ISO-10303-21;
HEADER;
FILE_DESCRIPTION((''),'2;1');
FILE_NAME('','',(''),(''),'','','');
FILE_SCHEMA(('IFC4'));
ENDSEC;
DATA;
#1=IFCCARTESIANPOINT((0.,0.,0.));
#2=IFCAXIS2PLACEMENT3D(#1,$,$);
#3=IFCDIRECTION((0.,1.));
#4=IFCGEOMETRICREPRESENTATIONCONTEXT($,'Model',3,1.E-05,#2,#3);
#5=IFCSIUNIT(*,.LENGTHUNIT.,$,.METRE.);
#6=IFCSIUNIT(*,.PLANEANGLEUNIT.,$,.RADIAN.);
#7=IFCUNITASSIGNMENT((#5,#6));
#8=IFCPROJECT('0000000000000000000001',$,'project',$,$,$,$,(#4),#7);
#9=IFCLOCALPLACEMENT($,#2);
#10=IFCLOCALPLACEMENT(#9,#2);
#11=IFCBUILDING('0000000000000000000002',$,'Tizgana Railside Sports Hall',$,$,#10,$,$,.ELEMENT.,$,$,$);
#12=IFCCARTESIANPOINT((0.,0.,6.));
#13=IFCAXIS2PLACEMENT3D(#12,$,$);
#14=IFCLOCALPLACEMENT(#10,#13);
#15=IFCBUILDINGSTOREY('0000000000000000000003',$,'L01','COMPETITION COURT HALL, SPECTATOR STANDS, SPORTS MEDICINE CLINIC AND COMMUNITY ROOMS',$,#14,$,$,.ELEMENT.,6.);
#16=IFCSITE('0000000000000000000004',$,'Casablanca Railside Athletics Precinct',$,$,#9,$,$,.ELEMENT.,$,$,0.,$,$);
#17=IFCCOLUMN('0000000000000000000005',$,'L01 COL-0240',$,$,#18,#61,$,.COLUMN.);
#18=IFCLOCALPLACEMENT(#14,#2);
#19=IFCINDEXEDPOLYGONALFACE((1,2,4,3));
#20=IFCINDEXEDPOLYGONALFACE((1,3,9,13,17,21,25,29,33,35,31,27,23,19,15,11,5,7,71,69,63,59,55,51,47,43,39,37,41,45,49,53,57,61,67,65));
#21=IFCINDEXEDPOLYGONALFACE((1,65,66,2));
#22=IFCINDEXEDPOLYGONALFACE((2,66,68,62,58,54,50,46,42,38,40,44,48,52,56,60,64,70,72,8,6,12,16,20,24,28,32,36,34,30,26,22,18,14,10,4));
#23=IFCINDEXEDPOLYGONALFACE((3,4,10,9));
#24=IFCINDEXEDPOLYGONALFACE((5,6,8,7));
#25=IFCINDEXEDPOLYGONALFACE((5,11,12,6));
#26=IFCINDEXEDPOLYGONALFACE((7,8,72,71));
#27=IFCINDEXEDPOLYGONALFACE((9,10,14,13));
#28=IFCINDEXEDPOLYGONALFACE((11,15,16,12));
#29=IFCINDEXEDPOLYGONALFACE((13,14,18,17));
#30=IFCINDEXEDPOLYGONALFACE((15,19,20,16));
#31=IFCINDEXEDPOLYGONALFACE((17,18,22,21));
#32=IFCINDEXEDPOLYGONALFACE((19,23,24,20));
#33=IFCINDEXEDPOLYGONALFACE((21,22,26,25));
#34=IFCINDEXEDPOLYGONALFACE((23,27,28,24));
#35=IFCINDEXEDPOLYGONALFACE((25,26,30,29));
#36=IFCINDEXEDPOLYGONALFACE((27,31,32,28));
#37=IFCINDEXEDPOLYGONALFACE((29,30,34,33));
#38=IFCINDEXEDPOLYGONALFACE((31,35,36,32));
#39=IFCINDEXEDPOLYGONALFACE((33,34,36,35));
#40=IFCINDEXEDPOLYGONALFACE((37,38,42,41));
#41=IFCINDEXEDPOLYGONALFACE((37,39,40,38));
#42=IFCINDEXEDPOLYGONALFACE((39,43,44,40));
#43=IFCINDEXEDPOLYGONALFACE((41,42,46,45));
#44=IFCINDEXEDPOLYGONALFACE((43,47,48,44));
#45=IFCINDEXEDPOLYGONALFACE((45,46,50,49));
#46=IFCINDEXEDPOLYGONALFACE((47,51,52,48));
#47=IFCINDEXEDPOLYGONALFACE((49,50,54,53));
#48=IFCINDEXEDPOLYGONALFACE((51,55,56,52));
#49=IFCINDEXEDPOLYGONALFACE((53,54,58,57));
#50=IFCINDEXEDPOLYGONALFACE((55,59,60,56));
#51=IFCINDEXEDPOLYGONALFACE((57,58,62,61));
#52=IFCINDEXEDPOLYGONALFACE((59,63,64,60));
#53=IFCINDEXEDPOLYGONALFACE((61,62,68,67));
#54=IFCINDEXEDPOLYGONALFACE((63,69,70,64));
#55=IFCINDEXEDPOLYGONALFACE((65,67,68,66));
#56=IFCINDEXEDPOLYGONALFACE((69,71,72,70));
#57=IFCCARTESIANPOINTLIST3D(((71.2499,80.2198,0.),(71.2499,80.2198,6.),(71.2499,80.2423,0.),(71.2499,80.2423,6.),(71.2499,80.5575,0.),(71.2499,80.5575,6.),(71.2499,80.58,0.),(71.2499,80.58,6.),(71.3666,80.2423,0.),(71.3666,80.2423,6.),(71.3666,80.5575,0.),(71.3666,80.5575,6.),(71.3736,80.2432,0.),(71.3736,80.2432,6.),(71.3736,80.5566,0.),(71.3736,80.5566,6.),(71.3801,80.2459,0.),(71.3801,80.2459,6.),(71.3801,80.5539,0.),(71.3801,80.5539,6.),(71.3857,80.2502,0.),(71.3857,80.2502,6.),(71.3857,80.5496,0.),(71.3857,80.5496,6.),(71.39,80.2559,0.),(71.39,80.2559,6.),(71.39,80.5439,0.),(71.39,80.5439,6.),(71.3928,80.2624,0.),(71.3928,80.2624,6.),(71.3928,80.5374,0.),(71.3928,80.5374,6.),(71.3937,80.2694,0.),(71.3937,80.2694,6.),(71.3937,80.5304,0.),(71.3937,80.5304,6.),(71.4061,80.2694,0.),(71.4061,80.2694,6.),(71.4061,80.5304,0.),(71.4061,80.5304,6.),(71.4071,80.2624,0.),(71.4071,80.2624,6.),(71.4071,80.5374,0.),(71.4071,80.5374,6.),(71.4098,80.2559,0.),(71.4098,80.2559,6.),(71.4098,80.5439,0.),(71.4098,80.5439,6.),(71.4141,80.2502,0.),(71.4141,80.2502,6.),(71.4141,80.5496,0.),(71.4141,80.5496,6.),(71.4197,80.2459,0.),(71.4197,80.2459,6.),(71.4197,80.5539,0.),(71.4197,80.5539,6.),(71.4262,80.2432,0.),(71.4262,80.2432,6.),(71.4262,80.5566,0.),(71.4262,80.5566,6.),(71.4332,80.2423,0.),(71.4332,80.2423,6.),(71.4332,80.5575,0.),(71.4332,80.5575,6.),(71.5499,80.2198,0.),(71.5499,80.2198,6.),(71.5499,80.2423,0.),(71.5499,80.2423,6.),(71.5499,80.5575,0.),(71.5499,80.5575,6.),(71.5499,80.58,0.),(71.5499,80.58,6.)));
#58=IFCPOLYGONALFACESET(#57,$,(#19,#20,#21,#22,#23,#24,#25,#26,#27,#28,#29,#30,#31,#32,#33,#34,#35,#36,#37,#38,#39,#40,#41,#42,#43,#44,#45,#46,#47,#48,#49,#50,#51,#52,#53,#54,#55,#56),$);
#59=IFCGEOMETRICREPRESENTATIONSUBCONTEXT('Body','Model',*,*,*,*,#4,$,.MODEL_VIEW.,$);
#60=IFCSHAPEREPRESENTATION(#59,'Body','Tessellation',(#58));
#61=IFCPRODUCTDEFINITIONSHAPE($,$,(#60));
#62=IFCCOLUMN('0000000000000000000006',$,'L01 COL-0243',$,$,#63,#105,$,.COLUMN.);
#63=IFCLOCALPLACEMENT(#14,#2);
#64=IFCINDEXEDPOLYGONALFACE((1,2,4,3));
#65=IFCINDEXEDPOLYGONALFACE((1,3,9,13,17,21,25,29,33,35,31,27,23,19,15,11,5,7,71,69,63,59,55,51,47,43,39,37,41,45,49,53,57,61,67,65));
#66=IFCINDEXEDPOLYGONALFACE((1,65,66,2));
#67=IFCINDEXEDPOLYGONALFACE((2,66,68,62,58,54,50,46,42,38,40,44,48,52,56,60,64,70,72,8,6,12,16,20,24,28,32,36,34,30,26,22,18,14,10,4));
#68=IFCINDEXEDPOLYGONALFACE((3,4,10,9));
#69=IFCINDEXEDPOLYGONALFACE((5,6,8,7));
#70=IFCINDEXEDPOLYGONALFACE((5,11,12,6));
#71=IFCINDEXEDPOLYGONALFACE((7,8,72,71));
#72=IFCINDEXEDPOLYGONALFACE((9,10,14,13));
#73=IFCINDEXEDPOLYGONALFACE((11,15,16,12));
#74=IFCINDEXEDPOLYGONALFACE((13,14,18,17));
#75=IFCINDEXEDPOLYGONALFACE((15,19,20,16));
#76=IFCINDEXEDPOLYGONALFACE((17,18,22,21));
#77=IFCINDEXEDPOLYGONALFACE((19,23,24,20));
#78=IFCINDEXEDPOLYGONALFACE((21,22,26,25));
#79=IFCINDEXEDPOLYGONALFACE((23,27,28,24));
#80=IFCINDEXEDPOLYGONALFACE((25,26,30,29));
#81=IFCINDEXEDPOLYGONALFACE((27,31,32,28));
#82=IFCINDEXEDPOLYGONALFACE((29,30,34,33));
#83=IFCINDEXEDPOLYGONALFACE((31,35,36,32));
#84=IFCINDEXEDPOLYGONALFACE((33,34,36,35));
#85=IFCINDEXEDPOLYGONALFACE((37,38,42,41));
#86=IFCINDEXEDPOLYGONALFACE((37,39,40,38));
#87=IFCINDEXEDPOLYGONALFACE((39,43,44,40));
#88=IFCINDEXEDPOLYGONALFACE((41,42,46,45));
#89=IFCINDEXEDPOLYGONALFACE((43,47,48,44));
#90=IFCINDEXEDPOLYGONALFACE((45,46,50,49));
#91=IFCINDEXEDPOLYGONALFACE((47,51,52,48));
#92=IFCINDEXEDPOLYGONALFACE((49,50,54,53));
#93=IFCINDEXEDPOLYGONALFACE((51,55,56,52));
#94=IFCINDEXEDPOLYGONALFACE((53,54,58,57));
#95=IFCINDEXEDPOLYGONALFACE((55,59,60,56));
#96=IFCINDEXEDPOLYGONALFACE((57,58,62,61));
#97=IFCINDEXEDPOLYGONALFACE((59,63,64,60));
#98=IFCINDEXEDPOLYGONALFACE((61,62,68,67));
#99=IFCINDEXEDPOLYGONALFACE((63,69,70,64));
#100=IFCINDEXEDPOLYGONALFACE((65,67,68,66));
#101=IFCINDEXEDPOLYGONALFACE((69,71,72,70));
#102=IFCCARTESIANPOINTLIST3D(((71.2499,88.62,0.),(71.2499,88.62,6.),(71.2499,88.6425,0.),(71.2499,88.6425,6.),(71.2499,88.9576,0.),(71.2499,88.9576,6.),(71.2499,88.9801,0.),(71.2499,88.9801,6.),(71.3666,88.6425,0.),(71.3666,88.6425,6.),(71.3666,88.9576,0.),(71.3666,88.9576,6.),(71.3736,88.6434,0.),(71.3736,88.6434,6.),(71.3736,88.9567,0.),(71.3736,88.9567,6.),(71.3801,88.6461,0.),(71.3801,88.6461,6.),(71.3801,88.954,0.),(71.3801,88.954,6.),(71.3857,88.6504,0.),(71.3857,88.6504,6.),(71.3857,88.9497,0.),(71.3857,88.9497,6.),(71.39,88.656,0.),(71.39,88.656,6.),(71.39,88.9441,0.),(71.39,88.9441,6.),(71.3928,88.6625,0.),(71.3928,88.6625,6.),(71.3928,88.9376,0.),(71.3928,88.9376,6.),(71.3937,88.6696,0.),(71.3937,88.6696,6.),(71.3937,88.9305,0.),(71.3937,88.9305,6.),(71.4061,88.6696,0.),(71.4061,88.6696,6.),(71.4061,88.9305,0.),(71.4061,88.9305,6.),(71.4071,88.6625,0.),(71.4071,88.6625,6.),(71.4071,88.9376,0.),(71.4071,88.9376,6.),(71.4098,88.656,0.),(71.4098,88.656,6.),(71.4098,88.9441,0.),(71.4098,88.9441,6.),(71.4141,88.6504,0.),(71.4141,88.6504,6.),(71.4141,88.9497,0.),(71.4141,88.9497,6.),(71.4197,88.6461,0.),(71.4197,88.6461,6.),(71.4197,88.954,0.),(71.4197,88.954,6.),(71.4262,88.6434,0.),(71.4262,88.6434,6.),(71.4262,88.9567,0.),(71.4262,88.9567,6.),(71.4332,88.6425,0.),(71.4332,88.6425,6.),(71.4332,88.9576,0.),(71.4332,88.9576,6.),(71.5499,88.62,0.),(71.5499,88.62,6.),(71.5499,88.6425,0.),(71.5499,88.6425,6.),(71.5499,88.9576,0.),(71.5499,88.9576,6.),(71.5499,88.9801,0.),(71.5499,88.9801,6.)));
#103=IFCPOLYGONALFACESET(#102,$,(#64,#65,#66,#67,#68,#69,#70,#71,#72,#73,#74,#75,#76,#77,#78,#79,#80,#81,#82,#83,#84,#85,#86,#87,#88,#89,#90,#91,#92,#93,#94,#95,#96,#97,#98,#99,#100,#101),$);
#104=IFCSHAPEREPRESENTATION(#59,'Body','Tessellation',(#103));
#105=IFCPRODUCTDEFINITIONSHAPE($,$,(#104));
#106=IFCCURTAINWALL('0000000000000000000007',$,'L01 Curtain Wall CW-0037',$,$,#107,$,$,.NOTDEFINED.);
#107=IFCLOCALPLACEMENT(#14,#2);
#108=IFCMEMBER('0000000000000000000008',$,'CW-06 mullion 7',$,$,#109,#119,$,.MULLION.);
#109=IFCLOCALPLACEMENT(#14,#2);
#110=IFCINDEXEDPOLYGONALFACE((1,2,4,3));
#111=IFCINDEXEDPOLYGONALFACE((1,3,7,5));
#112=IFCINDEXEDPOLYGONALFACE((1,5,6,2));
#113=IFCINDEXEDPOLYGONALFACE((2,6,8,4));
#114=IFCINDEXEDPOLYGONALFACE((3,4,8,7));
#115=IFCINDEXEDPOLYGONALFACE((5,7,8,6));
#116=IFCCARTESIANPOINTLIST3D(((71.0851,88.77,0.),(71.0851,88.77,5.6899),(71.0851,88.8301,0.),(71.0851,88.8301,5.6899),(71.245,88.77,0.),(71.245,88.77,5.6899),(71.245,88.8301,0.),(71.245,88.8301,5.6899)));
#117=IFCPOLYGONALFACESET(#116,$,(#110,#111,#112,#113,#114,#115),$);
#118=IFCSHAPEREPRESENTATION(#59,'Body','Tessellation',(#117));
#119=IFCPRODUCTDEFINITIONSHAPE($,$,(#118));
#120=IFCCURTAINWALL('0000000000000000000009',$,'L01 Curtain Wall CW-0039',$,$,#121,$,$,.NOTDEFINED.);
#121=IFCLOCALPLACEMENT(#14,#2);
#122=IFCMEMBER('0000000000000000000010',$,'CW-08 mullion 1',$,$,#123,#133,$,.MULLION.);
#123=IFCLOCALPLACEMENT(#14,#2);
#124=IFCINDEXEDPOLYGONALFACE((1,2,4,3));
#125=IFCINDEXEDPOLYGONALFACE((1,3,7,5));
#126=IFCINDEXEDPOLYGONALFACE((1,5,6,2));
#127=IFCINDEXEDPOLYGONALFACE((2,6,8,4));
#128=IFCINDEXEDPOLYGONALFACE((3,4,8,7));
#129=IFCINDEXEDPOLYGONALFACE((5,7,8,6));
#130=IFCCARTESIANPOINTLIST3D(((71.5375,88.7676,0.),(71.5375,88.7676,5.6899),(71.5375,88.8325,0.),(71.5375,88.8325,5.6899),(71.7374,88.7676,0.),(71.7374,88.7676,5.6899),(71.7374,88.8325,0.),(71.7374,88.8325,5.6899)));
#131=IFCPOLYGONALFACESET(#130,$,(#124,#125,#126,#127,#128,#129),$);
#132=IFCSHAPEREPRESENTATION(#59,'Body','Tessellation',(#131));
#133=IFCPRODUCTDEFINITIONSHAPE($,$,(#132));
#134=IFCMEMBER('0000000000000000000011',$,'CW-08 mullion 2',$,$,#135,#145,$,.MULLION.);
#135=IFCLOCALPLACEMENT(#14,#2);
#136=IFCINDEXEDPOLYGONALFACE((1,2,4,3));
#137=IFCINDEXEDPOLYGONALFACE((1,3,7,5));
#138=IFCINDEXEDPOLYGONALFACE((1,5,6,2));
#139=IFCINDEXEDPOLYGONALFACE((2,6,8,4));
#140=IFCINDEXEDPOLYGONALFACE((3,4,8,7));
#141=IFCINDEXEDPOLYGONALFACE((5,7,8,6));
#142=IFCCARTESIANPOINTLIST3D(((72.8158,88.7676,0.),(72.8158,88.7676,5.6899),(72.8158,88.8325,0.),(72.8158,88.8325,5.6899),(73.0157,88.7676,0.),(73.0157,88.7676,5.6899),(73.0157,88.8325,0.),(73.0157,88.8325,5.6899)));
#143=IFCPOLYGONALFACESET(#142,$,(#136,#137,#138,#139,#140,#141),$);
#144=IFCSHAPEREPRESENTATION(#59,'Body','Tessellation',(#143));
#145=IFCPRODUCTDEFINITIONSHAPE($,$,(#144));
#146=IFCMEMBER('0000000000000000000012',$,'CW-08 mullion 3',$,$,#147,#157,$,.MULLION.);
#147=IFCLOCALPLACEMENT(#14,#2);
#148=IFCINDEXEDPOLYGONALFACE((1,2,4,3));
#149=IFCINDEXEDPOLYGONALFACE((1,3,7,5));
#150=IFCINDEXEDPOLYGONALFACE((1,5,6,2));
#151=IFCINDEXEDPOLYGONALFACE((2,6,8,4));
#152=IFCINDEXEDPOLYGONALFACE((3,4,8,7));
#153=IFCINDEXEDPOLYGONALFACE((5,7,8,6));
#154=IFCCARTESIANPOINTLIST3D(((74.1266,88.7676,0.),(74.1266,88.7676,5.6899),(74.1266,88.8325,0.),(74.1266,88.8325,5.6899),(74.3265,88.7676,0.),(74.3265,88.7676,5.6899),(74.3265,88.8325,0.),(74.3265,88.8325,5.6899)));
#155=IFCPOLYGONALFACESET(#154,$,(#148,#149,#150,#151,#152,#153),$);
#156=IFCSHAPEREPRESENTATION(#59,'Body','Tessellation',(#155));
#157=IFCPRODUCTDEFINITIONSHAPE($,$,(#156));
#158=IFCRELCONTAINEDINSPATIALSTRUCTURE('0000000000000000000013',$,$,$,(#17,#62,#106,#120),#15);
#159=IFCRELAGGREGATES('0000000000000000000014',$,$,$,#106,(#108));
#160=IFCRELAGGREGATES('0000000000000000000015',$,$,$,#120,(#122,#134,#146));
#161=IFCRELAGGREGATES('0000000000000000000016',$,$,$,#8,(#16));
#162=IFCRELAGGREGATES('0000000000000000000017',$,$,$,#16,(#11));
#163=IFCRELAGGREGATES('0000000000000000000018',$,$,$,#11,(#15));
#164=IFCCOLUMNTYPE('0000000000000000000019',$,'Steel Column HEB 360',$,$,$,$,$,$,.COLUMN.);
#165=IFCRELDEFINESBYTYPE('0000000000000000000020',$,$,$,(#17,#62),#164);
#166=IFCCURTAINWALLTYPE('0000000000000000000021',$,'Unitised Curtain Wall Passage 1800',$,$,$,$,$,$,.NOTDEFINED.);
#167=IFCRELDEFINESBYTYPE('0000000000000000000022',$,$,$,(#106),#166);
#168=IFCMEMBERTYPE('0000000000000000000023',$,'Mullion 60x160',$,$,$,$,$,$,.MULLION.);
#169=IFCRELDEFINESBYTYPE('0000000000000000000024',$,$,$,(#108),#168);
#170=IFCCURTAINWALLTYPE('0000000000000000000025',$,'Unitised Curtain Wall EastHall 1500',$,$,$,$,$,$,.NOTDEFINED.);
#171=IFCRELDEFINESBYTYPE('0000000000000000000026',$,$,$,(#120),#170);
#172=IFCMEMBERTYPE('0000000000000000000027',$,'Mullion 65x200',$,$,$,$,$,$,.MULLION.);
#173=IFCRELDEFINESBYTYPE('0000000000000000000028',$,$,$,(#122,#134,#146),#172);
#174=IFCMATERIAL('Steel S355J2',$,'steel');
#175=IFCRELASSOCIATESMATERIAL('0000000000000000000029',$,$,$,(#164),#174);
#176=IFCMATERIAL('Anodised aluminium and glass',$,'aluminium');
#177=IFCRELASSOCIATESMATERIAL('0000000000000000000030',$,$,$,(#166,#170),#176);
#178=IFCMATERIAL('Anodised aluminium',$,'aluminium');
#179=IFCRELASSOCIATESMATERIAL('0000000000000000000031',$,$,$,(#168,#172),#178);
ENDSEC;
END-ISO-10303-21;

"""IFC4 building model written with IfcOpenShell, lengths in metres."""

from ifc_helpers import new_model, si_unit, direction, frame, origin, origin_2d, place, context, subcontext, project, spatial, rectangle, i_section, extrude, material, material_profile, profile_set, type_object, element, aggregate, save


model = new_model("IFC4")

# Units and contexts
model_context = context("Model", 3, precision=1e-05, world=origin(), true_north=direction((0.0, 1.0)))
body_context = subcontext(model_context, "Body", "Model", "MODEL_VIEW")
ifc_project = project(units=[si_unit("LENGTHUNIT", "METRE"), si_unit("PLANEANGLEUNIT", "RADIAN")], contexts=[model_context])

# Site, building, storey
site_placement = place(None, origin())
site = spatial("IfcSite", under=ifc_project, at=site_placement, Name="Casablanca Railside Athletics Precinct", CompositionType="ELEMENT", RefElevation=0.0)
building_placement = place(site_placement, origin())
building = spatial("IfcBuilding", under=site, at=building_placement, Name="Tizgana Railside Sports Hall", CompositionType="ELEMENT")
storey_placement = place(building_placement, frame((0.0, 0.0, 6.0)))
storey = spatial("IfcBuildingStorey", under=building, at=storey_placement, Name="L01", Description="COMPETITION COURT HALL, SPECTATOR STANDS, SPORTS MEDICINE CLINIC AND COMMUNITY ROOMS", CompositionType="ELEMENT", Elevation=6.0)

# Columns
ifc_material_1 = material(Name="Steel S355J2", Category="steel")
ifc_material_profile_1 = material_profile(ifc_material_1, i_section(OverallWidth=0.3, OverallDepth=0.3601, WebThickness=0.0125, FlangeThickness=0.0225, FilletRadius=0.0271, at=origin_2d()), Name="HEB 360")
ifc_profile_set_1 = profile_set([ifc_material_profile_1], Name="Steel S355J2")
column_type = type_object("IfcColumnType", Name="Steel Column HEB 360", PredefinedType="COLUMN", material=ifc_profile_set_1)
for number, where, z_axis, x_axis, name in (
    (1, (71.3999, 80.3999, 0.0), (0.0, 0.0, 1.0), (1.0, 0.0, 0.0), "L01 COL-0240"),
    (2, (71.3999, 88.8, 0.0), (0.0, 0.0, 1.0), (1.0, 0.0, 0.0), "L01 COL-0243"),
):
    element("IfcColumn", number, at=place(storey_placement, frame(where, z_axis=z_axis, x_axis=x_axis)), inside=storey, type_object=column_type, Name=name, PredefinedType="COLUMN", context=body_context, shape_type="SweptSolid", body=[
        extrude(i_section(OverallWidth=0.3, OverallDepth=0.3601, WebThickness=0.0125, FlangeThickness=0.0225, FilletRadius=0.0271, at=origin_2d()), origin(), (0.0, 0.0, 1.0), 6.0),
    ])

# Curtain wall, member
ifc_material_2 = material(Name="Anodised aluminium and glass", Category="aluminium")
curtain_wall_type_1 = type_object("IfcCurtainWallType", Name="Unitised Curtain Wall Passage 1800", PredefinedType="NOTDEFINED", material=ifc_material_2)
curtain_wall_1_placement = place(storey_placement, origin())
curtain_wall_1 = element("IfcCurtainWall", 3, at=curtain_wall_1_placement, inside=storey, type_object=curtain_wall_type_1, Name="L01 Curtain Wall CW-0037", PredefinedType="NOTDEFINED")
ifc_material_3 = material(Name="Anodised aluminium", Category="aluminium")
ifc_material_profile_2 = material_profile(ifc_material_3, rectangle(XDim=0.0601, YDim=0.1599, at=origin_2d()), Name="Mullion 60x160")
ifc_profile_set_2 = profile_set([ifc_material_profile_2], Name="Anodised aluminium")
member_type_1 = type_object("IfcMemberType", Name="Mullion 60x160", PredefinedType="MULLION", material=ifc_profile_set_2)
member_1_placement = place(storey_placement, frame((71.165, 88.8, 0.0), z_axis=(0.0, 0.0, 1.0), x_axis=(0.0, 1.0, 0.0)))
member_1 = element("IfcMember", 4, at=member_1_placement, type_object=member_type_1, Name="CW-06 mullion 7", PredefinedType="MULLION", context=body_context, shape_type="SweptSolid", body=[
    extrude(rectangle(XDim=0.0601, YDim=0.1599, at=origin_2d()), origin(), (0.0, 0.0, 1.0), 5.6899),
])

# Curtain wall, members
curtain_wall_type_2 = type_object("IfcCurtainWallType", Name="Unitised Curtain Wall EastHall 1500", PredefinedType="NOTDEFINED", material=ifc_material_2)
curtain_wall_2_placement = place(storey_placement, origin())
curtain_wall_2 = element("IfcCurtainWall", 5, at=curtain_wall_2_placement, inside=storey, type_object=curtain_wall_type_2, Name="L01 Curtain Wall CW-0039", PredefinedType="NOTDEFINED")
ifc_material_profile_3 = material_profile(ifc_material_3, rectangle(XDim=0.0649, YDim=0.2, at=origin_2d()), Name="Mullion 65x200")
ifc_profile_set_3 = profile_set([ifc_material_profile_3], Name="Anodised aluminium")
member_type_2 = type_object("IfcMemberType", Name="Mullion 65x200", PredefinedType="MULLION", material=ifc_profile_set_3)
member_2_placement = place(storey_placement, frame((71.6375, 88.8, 0.0), z_axis=(0.0, 0.0, 1.0), x_axis=(0.0, 1.0, 0.0)))
member_2 = element("IfcMember", 6, at=member_2_placement, type_object=member_type_2, Name="CW-08 mullion 1", PredefinedType="MULLION", context=body_context, shape_type="SweptSolid", body=[
    extrude(rectangle(XDim=0.0649, YDim=0.2, at=origin_2d()), origin(), (0.0, 0.0, 1.0), 5.6899),
])
member_3_placement = place(storey_placement, frame((72.9158, 88.8, 0.0), z_axis=(0.0, 0.0, 1.0), x_axis=(0.0, 1.0, 0.0)))
member_3 = element("IfcMember", 7, at=member_3_placement, type_object=member_type_2, Name="CW-08 mullion 2", PredefinedType="MULLION", context=body_context, shape_type="SweptSolid", body=[
    extrude(rectangle(XDim=0.0649, YDim=0.2, at=origin_2d()), origin(), (0.0, 0.0, 1.0), 5.6899),
])
member_4_placement = place(storey_placement, frame((74.2266, 88.8, 0.0), z_axis=(0.0, 0.0, 1.0), x_axis=(0.0, 1.0, 0.0)))
member_4 = element("IfcMember", 8, at=member_4_placement, type_object=member_type_2, Name="CW-08 mullion 3", PredefinedType="MULLION", context=body_context, shape_type="SweptSolid", body=[
    extrude(rectangle(XDim=0.0649, YDim=0.2, at=origin_2d()), origin(), (0.0, 0.0, 1.0), 5.6899),
])

aggregate(curtain_wall_1, [member_1])
aggregate(curtain_wall_2, [member_2, member_3, member_4])

save(model, "model.ifc")
